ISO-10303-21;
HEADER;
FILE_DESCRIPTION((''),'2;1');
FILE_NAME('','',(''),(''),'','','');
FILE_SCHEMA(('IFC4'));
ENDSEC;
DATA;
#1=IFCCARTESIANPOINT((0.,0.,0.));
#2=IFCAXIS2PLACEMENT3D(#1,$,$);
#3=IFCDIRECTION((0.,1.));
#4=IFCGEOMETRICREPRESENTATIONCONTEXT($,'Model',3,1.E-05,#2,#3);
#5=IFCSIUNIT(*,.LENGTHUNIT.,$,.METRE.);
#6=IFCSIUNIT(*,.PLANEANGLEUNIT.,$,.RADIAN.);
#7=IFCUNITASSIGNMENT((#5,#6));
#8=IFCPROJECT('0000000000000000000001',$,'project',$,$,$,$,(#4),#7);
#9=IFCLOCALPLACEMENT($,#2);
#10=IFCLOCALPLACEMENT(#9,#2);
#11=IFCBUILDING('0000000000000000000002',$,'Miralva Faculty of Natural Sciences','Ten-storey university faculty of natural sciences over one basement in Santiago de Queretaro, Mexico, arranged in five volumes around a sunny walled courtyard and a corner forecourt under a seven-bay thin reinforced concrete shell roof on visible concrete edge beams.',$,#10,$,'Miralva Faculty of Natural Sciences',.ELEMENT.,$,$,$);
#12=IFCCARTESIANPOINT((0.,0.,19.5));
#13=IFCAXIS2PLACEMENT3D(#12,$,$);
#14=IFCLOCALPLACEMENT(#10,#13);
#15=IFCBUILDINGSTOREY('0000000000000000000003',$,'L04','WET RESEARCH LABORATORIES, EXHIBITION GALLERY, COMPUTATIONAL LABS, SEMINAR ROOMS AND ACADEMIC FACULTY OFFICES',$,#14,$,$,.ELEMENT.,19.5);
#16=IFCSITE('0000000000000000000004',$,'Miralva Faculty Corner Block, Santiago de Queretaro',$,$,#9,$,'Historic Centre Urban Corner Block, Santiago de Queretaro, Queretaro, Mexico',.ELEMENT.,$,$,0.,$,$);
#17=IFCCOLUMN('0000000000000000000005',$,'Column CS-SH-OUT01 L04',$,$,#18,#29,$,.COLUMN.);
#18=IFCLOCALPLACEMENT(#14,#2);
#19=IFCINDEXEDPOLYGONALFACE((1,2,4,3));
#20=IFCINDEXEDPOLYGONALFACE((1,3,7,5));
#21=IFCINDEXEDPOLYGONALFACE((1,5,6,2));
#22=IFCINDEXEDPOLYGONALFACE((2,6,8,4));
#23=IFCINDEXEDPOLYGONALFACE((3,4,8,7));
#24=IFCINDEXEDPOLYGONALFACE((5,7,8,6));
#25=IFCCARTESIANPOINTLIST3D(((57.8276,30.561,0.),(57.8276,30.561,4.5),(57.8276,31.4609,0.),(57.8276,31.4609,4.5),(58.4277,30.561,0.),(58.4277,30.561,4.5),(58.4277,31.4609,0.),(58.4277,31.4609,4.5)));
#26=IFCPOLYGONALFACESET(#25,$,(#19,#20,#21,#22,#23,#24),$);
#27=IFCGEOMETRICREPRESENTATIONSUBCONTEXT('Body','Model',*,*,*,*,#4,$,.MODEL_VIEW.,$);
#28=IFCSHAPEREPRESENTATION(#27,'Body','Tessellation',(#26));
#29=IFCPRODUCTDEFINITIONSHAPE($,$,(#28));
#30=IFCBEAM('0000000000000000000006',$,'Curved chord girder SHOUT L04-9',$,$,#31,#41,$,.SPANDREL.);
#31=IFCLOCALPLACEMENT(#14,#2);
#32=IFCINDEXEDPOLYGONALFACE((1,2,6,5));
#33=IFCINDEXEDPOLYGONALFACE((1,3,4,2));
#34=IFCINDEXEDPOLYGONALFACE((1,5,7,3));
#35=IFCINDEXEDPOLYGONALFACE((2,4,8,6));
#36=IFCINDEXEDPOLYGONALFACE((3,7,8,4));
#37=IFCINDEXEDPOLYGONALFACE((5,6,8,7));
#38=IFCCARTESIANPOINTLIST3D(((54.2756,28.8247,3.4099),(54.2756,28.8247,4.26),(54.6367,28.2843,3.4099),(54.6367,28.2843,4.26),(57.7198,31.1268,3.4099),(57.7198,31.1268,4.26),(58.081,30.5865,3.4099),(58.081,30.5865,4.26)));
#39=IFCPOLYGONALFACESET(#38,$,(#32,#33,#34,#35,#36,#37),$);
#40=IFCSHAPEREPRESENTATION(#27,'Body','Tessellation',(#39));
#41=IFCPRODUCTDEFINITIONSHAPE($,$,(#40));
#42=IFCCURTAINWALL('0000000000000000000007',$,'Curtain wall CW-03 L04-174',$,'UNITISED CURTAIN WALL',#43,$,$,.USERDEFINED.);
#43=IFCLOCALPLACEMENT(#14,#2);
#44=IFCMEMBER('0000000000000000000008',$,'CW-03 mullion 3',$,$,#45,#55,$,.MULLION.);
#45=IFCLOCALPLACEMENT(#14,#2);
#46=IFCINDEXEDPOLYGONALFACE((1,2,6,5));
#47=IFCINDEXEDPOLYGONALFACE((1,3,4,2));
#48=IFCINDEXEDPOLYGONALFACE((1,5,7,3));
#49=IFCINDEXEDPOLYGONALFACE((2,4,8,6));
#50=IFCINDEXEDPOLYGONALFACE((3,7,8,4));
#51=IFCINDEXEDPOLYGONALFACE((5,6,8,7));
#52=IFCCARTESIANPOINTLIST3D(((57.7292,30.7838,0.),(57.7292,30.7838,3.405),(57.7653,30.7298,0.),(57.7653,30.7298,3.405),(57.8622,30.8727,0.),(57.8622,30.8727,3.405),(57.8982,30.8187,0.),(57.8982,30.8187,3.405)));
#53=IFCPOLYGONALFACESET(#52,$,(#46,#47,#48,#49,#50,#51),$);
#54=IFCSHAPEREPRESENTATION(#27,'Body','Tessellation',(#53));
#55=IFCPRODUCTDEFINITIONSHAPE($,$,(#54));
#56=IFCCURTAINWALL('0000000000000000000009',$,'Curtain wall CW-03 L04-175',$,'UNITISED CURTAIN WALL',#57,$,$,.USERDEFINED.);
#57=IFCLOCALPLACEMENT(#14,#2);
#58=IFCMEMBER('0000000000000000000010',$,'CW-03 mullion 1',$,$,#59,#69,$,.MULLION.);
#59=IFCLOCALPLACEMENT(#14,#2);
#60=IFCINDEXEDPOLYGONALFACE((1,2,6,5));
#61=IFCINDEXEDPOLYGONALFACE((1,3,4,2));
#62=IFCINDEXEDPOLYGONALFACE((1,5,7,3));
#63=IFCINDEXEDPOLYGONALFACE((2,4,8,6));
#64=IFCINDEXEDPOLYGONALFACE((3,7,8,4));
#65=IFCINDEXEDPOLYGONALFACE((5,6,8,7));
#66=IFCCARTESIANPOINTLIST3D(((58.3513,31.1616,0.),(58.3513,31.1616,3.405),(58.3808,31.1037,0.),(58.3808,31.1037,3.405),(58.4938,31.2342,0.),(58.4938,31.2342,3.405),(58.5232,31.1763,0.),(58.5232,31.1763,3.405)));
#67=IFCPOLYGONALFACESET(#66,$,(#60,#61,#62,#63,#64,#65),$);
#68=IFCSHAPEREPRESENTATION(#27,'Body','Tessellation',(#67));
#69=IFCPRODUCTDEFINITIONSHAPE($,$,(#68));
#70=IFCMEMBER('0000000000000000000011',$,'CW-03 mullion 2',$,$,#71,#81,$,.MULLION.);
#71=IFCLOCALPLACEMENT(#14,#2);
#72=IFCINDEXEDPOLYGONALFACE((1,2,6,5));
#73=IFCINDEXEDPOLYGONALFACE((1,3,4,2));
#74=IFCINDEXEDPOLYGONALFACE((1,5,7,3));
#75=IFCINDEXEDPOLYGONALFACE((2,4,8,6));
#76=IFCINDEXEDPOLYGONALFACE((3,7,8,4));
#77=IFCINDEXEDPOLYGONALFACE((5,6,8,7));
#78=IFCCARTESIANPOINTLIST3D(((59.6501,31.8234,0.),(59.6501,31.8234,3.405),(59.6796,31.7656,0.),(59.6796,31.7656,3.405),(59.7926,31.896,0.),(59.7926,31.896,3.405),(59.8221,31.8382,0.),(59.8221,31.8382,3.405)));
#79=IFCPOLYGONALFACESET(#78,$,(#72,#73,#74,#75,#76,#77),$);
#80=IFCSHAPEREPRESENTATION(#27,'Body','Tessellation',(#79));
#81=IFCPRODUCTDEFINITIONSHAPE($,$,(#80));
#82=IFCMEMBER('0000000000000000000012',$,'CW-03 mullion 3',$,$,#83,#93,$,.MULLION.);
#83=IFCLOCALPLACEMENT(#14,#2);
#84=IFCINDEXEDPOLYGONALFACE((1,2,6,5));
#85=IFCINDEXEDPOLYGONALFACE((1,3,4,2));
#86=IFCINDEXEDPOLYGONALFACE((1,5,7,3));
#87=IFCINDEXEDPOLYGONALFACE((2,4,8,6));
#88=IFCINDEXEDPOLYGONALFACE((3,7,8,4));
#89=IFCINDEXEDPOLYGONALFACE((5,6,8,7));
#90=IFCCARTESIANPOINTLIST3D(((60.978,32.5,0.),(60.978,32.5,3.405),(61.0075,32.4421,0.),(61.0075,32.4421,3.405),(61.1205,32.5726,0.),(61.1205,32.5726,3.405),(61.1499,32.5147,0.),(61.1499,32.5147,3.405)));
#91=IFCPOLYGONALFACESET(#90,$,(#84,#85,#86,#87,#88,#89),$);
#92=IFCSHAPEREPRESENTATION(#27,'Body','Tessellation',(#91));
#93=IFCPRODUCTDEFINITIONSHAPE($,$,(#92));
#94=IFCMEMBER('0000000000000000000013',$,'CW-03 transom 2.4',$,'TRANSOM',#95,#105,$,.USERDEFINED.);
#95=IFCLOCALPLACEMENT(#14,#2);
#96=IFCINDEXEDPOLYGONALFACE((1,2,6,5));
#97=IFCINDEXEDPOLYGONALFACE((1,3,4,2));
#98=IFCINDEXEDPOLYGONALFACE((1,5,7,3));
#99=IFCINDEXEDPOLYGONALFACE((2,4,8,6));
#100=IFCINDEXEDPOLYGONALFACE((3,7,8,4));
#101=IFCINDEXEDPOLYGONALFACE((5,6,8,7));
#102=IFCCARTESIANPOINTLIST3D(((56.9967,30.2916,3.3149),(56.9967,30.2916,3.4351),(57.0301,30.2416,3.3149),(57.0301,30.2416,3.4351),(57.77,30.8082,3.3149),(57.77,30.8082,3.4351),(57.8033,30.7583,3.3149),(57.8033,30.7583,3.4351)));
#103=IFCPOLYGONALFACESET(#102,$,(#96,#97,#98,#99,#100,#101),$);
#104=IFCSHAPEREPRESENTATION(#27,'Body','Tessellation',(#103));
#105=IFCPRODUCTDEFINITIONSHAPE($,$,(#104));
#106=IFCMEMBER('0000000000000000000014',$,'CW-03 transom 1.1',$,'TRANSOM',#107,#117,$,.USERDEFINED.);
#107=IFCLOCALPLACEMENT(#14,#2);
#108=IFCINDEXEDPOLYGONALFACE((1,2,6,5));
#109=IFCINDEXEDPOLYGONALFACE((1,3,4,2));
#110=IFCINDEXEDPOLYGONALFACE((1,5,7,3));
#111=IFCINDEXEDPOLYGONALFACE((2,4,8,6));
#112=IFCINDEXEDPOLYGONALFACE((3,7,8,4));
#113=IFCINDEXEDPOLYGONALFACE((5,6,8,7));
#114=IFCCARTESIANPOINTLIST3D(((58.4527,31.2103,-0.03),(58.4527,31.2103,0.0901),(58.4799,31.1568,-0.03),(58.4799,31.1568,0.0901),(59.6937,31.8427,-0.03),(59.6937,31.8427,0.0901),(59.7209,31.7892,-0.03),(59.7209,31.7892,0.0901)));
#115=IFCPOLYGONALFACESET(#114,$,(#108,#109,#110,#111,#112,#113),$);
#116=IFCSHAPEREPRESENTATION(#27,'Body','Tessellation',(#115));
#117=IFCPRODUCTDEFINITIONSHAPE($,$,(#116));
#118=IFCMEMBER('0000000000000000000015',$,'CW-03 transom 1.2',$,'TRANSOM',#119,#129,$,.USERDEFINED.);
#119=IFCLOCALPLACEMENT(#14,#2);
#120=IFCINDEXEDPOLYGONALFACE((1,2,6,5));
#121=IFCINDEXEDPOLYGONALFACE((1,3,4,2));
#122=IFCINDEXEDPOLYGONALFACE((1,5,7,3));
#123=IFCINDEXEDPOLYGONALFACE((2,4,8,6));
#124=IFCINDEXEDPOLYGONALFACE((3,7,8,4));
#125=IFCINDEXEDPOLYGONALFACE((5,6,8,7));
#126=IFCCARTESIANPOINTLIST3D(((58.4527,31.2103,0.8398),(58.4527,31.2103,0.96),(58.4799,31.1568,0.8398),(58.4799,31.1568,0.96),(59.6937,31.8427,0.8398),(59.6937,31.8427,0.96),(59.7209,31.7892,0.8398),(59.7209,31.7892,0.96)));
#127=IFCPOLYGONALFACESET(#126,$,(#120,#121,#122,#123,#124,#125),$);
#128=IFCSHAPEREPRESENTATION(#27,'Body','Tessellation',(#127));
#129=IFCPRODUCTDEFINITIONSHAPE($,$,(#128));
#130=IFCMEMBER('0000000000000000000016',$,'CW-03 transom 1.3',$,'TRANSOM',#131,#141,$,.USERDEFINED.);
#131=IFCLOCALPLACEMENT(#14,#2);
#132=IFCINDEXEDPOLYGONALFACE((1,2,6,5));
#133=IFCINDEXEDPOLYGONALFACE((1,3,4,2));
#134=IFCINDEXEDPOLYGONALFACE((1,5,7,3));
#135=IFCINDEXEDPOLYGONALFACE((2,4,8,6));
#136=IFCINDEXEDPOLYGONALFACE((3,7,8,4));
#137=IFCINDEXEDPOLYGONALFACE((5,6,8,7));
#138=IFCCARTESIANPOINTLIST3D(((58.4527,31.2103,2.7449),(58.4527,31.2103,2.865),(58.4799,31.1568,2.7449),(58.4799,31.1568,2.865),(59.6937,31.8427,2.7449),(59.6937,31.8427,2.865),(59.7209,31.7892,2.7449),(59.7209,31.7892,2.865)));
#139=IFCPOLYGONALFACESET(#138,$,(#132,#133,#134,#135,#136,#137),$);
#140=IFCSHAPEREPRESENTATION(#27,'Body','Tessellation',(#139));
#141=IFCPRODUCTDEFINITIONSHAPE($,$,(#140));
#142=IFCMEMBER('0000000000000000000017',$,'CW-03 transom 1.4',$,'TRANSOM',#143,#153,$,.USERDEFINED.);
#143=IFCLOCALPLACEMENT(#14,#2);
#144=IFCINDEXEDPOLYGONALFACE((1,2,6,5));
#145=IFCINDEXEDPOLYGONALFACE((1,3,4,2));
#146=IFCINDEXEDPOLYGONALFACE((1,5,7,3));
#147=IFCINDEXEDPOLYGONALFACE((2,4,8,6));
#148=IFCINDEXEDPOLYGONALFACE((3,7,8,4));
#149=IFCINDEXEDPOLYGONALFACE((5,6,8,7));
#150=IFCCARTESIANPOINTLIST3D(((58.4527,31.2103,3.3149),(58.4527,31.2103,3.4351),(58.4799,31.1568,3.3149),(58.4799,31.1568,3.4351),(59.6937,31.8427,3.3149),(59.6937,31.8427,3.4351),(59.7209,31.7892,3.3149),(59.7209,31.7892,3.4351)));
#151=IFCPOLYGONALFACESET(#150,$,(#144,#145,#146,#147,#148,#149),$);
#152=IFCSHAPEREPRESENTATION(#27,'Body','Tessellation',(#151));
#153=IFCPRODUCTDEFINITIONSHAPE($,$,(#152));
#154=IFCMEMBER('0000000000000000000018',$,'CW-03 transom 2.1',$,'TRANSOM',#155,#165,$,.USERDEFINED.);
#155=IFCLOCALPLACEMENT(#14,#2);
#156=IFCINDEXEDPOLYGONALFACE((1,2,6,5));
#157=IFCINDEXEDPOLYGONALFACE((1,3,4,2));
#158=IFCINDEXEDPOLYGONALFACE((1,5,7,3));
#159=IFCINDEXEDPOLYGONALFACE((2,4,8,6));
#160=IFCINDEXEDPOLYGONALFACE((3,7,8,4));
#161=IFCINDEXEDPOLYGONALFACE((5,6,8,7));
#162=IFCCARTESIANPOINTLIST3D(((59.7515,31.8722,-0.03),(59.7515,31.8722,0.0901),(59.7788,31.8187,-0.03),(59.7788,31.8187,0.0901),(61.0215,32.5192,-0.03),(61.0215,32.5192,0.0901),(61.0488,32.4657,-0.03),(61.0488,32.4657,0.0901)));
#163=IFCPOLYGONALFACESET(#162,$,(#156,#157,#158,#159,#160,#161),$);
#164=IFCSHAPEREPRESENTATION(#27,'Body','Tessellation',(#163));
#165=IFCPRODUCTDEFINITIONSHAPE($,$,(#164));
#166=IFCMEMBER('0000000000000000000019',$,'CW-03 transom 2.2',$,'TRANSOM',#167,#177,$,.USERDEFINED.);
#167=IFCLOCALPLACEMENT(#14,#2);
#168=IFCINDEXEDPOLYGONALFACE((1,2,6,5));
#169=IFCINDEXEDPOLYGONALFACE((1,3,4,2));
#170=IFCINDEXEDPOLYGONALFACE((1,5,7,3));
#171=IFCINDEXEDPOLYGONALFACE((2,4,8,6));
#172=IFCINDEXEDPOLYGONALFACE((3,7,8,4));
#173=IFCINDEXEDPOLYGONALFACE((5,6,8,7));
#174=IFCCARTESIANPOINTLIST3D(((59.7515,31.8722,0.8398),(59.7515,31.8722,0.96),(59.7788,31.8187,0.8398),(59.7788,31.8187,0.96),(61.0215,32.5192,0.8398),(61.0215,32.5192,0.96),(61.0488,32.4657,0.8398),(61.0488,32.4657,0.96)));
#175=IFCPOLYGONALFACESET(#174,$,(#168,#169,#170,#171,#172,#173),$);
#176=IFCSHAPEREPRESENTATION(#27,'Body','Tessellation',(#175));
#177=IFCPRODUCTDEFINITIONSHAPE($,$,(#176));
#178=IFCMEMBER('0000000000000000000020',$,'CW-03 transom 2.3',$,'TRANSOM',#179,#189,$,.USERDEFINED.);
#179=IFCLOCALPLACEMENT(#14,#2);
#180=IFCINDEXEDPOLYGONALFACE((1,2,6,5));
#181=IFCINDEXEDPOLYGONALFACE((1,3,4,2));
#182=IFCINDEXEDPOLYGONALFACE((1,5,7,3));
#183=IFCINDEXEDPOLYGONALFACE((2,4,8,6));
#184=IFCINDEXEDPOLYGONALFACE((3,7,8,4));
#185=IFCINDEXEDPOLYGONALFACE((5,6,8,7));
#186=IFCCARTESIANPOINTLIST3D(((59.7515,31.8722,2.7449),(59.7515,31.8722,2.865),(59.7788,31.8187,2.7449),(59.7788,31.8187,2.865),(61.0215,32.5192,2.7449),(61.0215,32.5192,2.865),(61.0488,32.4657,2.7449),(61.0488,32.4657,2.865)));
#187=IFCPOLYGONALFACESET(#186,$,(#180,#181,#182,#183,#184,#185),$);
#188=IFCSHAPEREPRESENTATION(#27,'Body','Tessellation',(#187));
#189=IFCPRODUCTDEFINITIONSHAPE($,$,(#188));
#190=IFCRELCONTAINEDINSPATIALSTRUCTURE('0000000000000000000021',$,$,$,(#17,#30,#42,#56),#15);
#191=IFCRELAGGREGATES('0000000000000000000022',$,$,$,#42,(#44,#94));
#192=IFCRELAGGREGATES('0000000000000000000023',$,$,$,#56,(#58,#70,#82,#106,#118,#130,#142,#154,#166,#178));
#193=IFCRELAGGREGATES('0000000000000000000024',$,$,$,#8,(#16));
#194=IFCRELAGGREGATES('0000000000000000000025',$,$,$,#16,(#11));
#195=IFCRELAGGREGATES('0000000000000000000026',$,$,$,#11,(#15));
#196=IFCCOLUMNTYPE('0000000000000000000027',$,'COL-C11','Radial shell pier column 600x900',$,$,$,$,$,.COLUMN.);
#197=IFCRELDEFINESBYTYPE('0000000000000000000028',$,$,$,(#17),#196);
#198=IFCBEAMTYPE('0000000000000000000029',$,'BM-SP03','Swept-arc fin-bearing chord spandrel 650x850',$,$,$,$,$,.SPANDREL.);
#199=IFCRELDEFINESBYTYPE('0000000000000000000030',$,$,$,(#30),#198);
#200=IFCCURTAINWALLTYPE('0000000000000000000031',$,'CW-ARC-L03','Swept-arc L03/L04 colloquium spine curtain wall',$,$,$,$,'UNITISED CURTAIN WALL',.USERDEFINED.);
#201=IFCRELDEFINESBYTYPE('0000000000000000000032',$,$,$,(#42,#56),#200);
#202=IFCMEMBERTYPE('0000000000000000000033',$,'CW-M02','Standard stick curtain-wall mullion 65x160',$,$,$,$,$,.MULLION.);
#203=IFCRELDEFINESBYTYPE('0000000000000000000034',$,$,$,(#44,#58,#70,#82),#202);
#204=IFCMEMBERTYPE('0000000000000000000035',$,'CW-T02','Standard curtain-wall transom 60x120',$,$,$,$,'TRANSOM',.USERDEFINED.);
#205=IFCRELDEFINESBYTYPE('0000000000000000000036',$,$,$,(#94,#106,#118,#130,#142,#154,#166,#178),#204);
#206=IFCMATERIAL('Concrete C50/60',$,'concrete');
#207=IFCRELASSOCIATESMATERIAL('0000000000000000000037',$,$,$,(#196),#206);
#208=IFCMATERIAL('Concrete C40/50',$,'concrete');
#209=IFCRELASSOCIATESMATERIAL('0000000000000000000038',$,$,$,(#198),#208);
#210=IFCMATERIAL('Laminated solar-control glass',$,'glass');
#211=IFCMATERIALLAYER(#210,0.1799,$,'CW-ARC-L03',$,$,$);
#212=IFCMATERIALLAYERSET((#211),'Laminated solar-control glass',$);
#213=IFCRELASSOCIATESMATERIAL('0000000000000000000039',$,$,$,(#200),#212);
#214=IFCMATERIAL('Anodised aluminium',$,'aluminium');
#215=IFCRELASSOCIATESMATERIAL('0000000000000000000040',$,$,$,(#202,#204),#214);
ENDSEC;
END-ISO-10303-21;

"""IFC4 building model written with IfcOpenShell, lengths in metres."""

from ifc_helpers import new_model, si_unit, direction, frame, origin, origin_2d, place, context, subcontext, project, spatial, rectangle, extrude, material, layer, layer_set, material_profile, profile_set, type_object, element, aggregate, save


model = new_model("IFC4")

# Units and contexts
model_context = context("Model", 3, precision=1e-05, world=origin(), true_north=direction((0.0, 1.0)))
body_context = subcontext(model_context, "Body", "Model", "MODEL_VIEW")
ifc_project = project(units=[si_unit("LENGTHUNIT", "METRE"), si_unit("PLANEANGLEUNIT", "RADIAN")], contexts=[model_context])

# Site, building, storey
site_placement = place(None, origin())
site = spatial("IfcSite", under=ifc_project, at=site_placement, Name="Miralva Faculty Corner Block, Santiago de Queretaro", LongName="Historic Centre Urban Corner Block, Santiago de Queretaro, Queretaro, Mexico", CompositionType="ELEMENT", RefElevation=0.0)
building_placement = place(site_placement, origin())
building = spatial("IfcBuilding", under=site, at=building_placement, Name="Miralva Faculty of Natural Sciences", Description="Ten-storey university faculty of natural sciences over one basement in Santiago de Queretaro, Mexico, arranged in five volumes around a sunny walled courtyard and a corner forecourt under a seven-bay thin reinforced concrete shell roof on visible concrete edge beams.", LongName="Miralva Faculty of Natural Sciences", CompositionType="ELEMENT")
storey_placement = place(building_placement, frame((0.0, 0.0, 19.5)))
storey = spatial("IfcBuildingStorey", under=building, at=storey_placement, Name="L04", Description="WET RESEARCH LABORATORIES, EXHIBITION GALLERY, COMPUTATIONAL LABS, SEMINAR ROOMS AND ACADEMIC FACULTY OFFICES", CompositionType="ELEMENT", Elevation=19.5)

# Column
ifc_material_1 = material(Name="Concrete C50/60", Category="concrete")
ifc_material_profile_1 = material_profile(ifc_material_1, rectangle(XDim=0.6001, YDim=0.8999, at=origin_2d()), Name="RC 600x900")
ifc_profile_set_1 = profile_set([ifc_material_profile_1], Name="Concrete C50/60")
column_type = type_object("IfcColumnType", Name="COL-C11", Description="Radial shell pier column 600x900", PredefinedType="COLUMN", material=ifc_profile_set_1)
column_placement = place(storey_placement, frame((58.1277, 31.011, 0.0), z_axis=(0.0, 0.0, 1.0), x_axis=(1.0, 0.0, 0.0)))
element("IfcColumn", 1, at=column_placement, inside=storey, type_object=column_type, Name="Column CS-SH-OUT01 L04", PredefinedType="COLUMN", context=body_context, shape_type="SweptSolid", body=[
    extrude(rectangle(XDim=0.6001, YDim=0.8999, at=origin_2d()), origin(), (0.0, 0.0, 1.0), 4.5),
])

# Beam
ifc_material_2 = material(Name="Concrete C40/50", Category="concrete")
ifc_material_profile_2 = material_profile(ifc_material_2, rectangle(XDim=0.6499, YDim=0.8501, at=origin_2d()), Name="RC 650x850")
ifc_profile_set_2 = profile_set([ifc_material_profile_2], Name="Concrete C40/50")
beam_type = type_object("IfcBeamType", Name="BM-SP03", Description="Swept-arc fin-bearing chord spandrel 650x850", PredefinedType="SPANDREL", material=ifc_profile_set_2)
beam_placement = place(storey_placement, frame((57.9004, 30.8567, 3.835), z_axis=(-0.831379, -0.555706, 0.0), x_axis=(0.555706, -0.831379, 0.0)))
element("IfcBeam", 2, at=beam_placement, inside=storey, type_object=beam_type, Name="Curved chord girder SHOUT L04-9", PredefinedType="SPANDREL", context=body_context, shape_type="SweptSolid", body=[
    extrude(rectangle(XDim=0.6499, YDim=0.8501, at=origin_2d()), origin(), (0.0, 0.0, 1.0), 4.1428),
])

# Curtain wall, member
ifc_material_3 = material(Name="Laminated solar-control glass", Category="glass")
ifc_layer_1 = layer(ifc_material_3, 0.1799, Name="CW-ARC-L03")
ifc_layer_set_1 = layer_set([ifc_layer_1], Name="Laminated solar-control glass")
curtain_wall_type = type_object("IfcCurtainWallType", Name="CW-ARC-L03", Description="Swept-arc L03/L04 colloquium spine curtain wall", ElementType="UNITISED CURTAIN WALL", PredefinedType="USERDEFINED", material=ifc_layer_set_1)
curtain_wall_1_placement = place(storey_placement, origin())
curtain_wall_1 = element("IfcCurtainWall", 3, at=curtain_wall_1_placement, inside=storey, type_object=curtain_wall_type, Name="Curtain wall CW-03 L04-174", ObjectType="UNITISED CURTAIN WALL", PredefinedType="USERDEFINED")
ifc_material_4 = material(Name="Anodised aluminium", Category="aluminium")
ifc_material_profile_3 = material_profile(ifc_material_4, rectangle(XDim=0.0649, YDim=0.1599, at=origin_2d()), Name="MULLION 65x160")
ifc_profile_set_3 = profile_set([ifc_material_profile_3], Name="Anodised aluminium")
member_type_1 = type_object("IfcMemberType", Name="CW-M02", Description="Standard stick curtain-wall mullion 65x160", PredefinedType="MULLION", material=ifc_profile_set_3)
member_1_placement = place(storey_placement, frame((57.8137, 30.8013, 0.0), z_axis=(0.0, 0.0, 1.0), x_axis=(-0.555587, 0.831458, 0.0)))
member_1 = element("IfcMember", 4, at=member_1_placement, type_object=member_type_1, Name="CW-03 mullion 3", PredefinedType="MULLION", context=body_context, shape_type="SweptSolid", body=[
    extrude(rectangle(XDim=0.0649, YDim=0.1599, at=origin_2d()), origin(), (0.0, 0.0, 1.0), 3.405),
])

# Curtain wall, members
curtain_wall_2_placement = place(storey_placement, origin())
curtain_wall_2 = element("IfcCurtainWall", 5, at=curtain_wall_2_placement, inside=storey, type_object=curtain_wall_type, Name="Curtain wall CW-03 L04-175", ObjectType="UNITISED CURTAIN WALL", PredefinedType="USERDEFINED")
member_2_placement = place(storey_placement, frame((58.4373, 31.1689, 0.0), z_axis=(0.0, 0.0, 1.0), x_axis=(-0.454, 0.891002, 0.0)))
member_2 = element("IfcMember", 6, at=member_2_placement, type_object=member_type_1, Name="CW-03 mullion 1", PredefinedType="MULLION", context=body_context, shape_type="SweptSolid", body=[
    extrude(rectangle(XDim=0.0649, YDim=0.1599, at=origin_2d()), origin(), (0.0, 0.0, 1.0), 3.405),
])
member_3_placement = place(storey_placement, frame((59.7361, 31.8308, 0.0), z_axis=(0.0, 0.0, 1.0), x_axis=(-0.454, 0.891002, 0.0)))
member_3 = element("IfcMember", 7, at=member_3_placement, type_object=member_type_1, Name="CW-03 mullion 2", PredefinedType="MULLION", context=body_context, shape_type="SweptSolid", body=[
    extrude(rectangle(XDim=0.0649, YDim=0.1599, at=origin_2d()), origin(), (0.0, 0.0, 1.0), 3.405),
])
member_4_placement = place(storey_placement, frame((61.064, 32.5073, 0.0), z_axis=(0.0, 0.0, 1.0), x_axis=(-0.454, 0.891002, 0.0)))
member_4 = element("IfcMember", 8, at=member_4_placement, type_object=member_type_1, Name="CW-03 mullion 3", PredefinedType="MULLION", context=body_context, shape_type="SweptSolid", body=[
    extrude(rectangle(XDim=0.0649, YDim=0.1599, at=origin_2d()), origin(), (0.0, 0.0, 1.0), 3.405),
])

# Members
ifc_material_profile_4 = material_profile(ifc_material_4, rectangle(XDim=0.0601, YDim=0.1201, at=origin_2d()), Name="TRANSOM 60x120")
ifc_profile_set_4 = profile_set([ifc_material_profile_4], Name="Anodised aluminium")
member_type_2 = type_object("IfcMemberType", Name="CW-T02", Description="Standard curtain-wall transom 60x120", ElementType="TRANSOM", PredefinedType="USERDEFINED", material=ifc_profile_set_4)
member_5_placement = place(storey_placement, frame((57.0134, 30.2666, 3.375), z_axis=(0.831484, 0.555548, 0.0), x_axis=(-0.555548, 0.831484, 0.0)))
member_5 = element("IfcMember", 9, at=member_5_placement, type_object=member_type_2, Name="CW-03 transom 2.4", ObjectType="TRANSOM", PredefinedType="USERDEFINED", context=body_context, shape_type="SweptSolid", body=[
    extrude(rectangle(XDim=0.0601, YDim=0.1201, at=origin_2d()), origin(), (0.0, 0.0, 1.0), 0.9299),
])
member_6_placement = place(storey_placement, frame((58.4663, 31.1836, 0.03), z_axis=(0.891001, 0.454002, 0.0), x_axis=(-0.454002, 0.891001, 0.0)))
member_6 = element("IfcMember", 10, at=member_6_placement, type_object=member_type_2, Name="CW-03 transom 1.1", ObjectType="TRANSOM", PredefinedType="USERDEFINED", context=body_context, shape_type="SweptSolid", body=[
    extrude(rectangle(XDim=0.0601, YDim=0.1201, at=origin_2d()), origin(), (0.0, 0.0, 1.0), 1.3928),
])
member_7_placement = place(storey_placement, frame((58.4663, 31.1836, 0.8999), z_axis=(0.891001, 0.454002, 0.0), x_axis=(-0.454002, 0.891001, 0.0)))
member_7 = element("IfcMember", 11, at=member_7_placement, type_object=member_type_2, Name="CW-03 transom 1.2", ObjectType="TRANSOM", PredefinedType="USERDEFINED", context=body_context, shape_type="SweptSolid", body=[
    extrude(rectangle(XDim=0.0601, YDim=0.1201, at=origin_2d()), origin(), (0.0, 0.0, 1.0), 1.3928),
])
member_8_placement = place(storey_placement, frame((58.4663, 31.1836, 2.8049), z_axis=(0.891001, 0.454002, 0.0), x_axis=(-0.454002, 0.891001, 0.0)))
member_8 = element("IfcMember", 12, at=member_8_placement, type_object=member_type_2, Name="CW-03 transom 1.3", ObjectType="TRANSOM", PredefinedType="USERDEFINED", context=body_context, shape_type="SweptSolid", body=[
    extrude(rectangle(XDim=0.0601, YDim=0.1201, at=origin_2d()), origin(), (0.0, 0.0, 1.0), 1.3928),
])
member_9_placement = place(storey_placement, frame((58.4663, 31.1836, 3.375), z_axis=(0.891001, 0.454002, 0.0), x_axis=(-0.454002, 0.891001, 0.0)))
member_9 = element("IfcMember", 13, at=member_9_placement, type_object=member_type_2, Name="CW-03 transom 1.4", ObjectType="TRANSOM", PredefinedType="USERDEFINED", context=body_context, shape_type="SweptSolid", body=[
    extrude(rectangle(XDim=0.0601, YDim=0.1201, at=origin_2d()), origin(), (0.0, 0.0, 1.0), 1.3928),
])
member_10_placement = place(storey_placement, frame((59.7651, 31.8455, 0.03), z_axis=(0.891045, 0.453916, 0.0), x_axis=(-0.453916, 0.891045, 0.0)))
member_10 = element("IfcMember", 14, at=member_10_placement, type_object=member_type_2, Name="CW-03 transom 2.1", ObjectType="TRANSOM", PredefinedType="USERDEFINED", context=body_context, shape_type="SweptSolid", body=[
    extrude(rectangle(XDim=0.0601, YDim=0.1201, at=origin_2d()), origin(), (0.0, 0.0, 1.0), 1.4253),
])
member_11_placement = place(storey_placement, frame((59.7651, 31.8455, 0.8999), z_axis=(0.891045, 0.453916, 0.0), x_axis=(-0.453916, 0.891045, 0.0)))
member_11 = element("IfcMember", 15, at=member_11_placement, type_object=member_type_2, Name="CW-03 transom 2.2", ObjectType="TRANSOM", PredefinedType="USERDEFINED", context=body_context, shape_type="SweptSolid", body=[
    extrude(rectangle(XDim=0.0601, YDim=0.1201, at=origin_2d()), origin(), (0.0, 0.0, 1.0), 1.4253),
])
member_12_placement = place(storey_placement, frame((59.7651, 31.8455, 2.8049), z_axis=(0.891045, 0.453916, 0.0), x_axis=(-0.453916, 0.891045, 0.0)))
member_12 = element("IfcMember", 16, at=member_12_placement, type_object=member_type_2, Name="CW-03 transom 2.3", ObjectType="TRANSOM", PredefinedType="USERDEFINED", context=body_context, shape_type="SweptSolid", body=[
    extrude(rectangle(XDim=0.0601, YDim=0.1201, at=origin_2d()), origin(), (0.0, 0.0, 1.0), 1.4253),
])

aggregate(curtain_wall_1, [member_1, member_5])
aggregate(curtain_wall_2, [member_2, member_3, member_4, member_6, member_7, member_8, member_9, member_10, member_11, member_12])

save(model, "model.ifc")
